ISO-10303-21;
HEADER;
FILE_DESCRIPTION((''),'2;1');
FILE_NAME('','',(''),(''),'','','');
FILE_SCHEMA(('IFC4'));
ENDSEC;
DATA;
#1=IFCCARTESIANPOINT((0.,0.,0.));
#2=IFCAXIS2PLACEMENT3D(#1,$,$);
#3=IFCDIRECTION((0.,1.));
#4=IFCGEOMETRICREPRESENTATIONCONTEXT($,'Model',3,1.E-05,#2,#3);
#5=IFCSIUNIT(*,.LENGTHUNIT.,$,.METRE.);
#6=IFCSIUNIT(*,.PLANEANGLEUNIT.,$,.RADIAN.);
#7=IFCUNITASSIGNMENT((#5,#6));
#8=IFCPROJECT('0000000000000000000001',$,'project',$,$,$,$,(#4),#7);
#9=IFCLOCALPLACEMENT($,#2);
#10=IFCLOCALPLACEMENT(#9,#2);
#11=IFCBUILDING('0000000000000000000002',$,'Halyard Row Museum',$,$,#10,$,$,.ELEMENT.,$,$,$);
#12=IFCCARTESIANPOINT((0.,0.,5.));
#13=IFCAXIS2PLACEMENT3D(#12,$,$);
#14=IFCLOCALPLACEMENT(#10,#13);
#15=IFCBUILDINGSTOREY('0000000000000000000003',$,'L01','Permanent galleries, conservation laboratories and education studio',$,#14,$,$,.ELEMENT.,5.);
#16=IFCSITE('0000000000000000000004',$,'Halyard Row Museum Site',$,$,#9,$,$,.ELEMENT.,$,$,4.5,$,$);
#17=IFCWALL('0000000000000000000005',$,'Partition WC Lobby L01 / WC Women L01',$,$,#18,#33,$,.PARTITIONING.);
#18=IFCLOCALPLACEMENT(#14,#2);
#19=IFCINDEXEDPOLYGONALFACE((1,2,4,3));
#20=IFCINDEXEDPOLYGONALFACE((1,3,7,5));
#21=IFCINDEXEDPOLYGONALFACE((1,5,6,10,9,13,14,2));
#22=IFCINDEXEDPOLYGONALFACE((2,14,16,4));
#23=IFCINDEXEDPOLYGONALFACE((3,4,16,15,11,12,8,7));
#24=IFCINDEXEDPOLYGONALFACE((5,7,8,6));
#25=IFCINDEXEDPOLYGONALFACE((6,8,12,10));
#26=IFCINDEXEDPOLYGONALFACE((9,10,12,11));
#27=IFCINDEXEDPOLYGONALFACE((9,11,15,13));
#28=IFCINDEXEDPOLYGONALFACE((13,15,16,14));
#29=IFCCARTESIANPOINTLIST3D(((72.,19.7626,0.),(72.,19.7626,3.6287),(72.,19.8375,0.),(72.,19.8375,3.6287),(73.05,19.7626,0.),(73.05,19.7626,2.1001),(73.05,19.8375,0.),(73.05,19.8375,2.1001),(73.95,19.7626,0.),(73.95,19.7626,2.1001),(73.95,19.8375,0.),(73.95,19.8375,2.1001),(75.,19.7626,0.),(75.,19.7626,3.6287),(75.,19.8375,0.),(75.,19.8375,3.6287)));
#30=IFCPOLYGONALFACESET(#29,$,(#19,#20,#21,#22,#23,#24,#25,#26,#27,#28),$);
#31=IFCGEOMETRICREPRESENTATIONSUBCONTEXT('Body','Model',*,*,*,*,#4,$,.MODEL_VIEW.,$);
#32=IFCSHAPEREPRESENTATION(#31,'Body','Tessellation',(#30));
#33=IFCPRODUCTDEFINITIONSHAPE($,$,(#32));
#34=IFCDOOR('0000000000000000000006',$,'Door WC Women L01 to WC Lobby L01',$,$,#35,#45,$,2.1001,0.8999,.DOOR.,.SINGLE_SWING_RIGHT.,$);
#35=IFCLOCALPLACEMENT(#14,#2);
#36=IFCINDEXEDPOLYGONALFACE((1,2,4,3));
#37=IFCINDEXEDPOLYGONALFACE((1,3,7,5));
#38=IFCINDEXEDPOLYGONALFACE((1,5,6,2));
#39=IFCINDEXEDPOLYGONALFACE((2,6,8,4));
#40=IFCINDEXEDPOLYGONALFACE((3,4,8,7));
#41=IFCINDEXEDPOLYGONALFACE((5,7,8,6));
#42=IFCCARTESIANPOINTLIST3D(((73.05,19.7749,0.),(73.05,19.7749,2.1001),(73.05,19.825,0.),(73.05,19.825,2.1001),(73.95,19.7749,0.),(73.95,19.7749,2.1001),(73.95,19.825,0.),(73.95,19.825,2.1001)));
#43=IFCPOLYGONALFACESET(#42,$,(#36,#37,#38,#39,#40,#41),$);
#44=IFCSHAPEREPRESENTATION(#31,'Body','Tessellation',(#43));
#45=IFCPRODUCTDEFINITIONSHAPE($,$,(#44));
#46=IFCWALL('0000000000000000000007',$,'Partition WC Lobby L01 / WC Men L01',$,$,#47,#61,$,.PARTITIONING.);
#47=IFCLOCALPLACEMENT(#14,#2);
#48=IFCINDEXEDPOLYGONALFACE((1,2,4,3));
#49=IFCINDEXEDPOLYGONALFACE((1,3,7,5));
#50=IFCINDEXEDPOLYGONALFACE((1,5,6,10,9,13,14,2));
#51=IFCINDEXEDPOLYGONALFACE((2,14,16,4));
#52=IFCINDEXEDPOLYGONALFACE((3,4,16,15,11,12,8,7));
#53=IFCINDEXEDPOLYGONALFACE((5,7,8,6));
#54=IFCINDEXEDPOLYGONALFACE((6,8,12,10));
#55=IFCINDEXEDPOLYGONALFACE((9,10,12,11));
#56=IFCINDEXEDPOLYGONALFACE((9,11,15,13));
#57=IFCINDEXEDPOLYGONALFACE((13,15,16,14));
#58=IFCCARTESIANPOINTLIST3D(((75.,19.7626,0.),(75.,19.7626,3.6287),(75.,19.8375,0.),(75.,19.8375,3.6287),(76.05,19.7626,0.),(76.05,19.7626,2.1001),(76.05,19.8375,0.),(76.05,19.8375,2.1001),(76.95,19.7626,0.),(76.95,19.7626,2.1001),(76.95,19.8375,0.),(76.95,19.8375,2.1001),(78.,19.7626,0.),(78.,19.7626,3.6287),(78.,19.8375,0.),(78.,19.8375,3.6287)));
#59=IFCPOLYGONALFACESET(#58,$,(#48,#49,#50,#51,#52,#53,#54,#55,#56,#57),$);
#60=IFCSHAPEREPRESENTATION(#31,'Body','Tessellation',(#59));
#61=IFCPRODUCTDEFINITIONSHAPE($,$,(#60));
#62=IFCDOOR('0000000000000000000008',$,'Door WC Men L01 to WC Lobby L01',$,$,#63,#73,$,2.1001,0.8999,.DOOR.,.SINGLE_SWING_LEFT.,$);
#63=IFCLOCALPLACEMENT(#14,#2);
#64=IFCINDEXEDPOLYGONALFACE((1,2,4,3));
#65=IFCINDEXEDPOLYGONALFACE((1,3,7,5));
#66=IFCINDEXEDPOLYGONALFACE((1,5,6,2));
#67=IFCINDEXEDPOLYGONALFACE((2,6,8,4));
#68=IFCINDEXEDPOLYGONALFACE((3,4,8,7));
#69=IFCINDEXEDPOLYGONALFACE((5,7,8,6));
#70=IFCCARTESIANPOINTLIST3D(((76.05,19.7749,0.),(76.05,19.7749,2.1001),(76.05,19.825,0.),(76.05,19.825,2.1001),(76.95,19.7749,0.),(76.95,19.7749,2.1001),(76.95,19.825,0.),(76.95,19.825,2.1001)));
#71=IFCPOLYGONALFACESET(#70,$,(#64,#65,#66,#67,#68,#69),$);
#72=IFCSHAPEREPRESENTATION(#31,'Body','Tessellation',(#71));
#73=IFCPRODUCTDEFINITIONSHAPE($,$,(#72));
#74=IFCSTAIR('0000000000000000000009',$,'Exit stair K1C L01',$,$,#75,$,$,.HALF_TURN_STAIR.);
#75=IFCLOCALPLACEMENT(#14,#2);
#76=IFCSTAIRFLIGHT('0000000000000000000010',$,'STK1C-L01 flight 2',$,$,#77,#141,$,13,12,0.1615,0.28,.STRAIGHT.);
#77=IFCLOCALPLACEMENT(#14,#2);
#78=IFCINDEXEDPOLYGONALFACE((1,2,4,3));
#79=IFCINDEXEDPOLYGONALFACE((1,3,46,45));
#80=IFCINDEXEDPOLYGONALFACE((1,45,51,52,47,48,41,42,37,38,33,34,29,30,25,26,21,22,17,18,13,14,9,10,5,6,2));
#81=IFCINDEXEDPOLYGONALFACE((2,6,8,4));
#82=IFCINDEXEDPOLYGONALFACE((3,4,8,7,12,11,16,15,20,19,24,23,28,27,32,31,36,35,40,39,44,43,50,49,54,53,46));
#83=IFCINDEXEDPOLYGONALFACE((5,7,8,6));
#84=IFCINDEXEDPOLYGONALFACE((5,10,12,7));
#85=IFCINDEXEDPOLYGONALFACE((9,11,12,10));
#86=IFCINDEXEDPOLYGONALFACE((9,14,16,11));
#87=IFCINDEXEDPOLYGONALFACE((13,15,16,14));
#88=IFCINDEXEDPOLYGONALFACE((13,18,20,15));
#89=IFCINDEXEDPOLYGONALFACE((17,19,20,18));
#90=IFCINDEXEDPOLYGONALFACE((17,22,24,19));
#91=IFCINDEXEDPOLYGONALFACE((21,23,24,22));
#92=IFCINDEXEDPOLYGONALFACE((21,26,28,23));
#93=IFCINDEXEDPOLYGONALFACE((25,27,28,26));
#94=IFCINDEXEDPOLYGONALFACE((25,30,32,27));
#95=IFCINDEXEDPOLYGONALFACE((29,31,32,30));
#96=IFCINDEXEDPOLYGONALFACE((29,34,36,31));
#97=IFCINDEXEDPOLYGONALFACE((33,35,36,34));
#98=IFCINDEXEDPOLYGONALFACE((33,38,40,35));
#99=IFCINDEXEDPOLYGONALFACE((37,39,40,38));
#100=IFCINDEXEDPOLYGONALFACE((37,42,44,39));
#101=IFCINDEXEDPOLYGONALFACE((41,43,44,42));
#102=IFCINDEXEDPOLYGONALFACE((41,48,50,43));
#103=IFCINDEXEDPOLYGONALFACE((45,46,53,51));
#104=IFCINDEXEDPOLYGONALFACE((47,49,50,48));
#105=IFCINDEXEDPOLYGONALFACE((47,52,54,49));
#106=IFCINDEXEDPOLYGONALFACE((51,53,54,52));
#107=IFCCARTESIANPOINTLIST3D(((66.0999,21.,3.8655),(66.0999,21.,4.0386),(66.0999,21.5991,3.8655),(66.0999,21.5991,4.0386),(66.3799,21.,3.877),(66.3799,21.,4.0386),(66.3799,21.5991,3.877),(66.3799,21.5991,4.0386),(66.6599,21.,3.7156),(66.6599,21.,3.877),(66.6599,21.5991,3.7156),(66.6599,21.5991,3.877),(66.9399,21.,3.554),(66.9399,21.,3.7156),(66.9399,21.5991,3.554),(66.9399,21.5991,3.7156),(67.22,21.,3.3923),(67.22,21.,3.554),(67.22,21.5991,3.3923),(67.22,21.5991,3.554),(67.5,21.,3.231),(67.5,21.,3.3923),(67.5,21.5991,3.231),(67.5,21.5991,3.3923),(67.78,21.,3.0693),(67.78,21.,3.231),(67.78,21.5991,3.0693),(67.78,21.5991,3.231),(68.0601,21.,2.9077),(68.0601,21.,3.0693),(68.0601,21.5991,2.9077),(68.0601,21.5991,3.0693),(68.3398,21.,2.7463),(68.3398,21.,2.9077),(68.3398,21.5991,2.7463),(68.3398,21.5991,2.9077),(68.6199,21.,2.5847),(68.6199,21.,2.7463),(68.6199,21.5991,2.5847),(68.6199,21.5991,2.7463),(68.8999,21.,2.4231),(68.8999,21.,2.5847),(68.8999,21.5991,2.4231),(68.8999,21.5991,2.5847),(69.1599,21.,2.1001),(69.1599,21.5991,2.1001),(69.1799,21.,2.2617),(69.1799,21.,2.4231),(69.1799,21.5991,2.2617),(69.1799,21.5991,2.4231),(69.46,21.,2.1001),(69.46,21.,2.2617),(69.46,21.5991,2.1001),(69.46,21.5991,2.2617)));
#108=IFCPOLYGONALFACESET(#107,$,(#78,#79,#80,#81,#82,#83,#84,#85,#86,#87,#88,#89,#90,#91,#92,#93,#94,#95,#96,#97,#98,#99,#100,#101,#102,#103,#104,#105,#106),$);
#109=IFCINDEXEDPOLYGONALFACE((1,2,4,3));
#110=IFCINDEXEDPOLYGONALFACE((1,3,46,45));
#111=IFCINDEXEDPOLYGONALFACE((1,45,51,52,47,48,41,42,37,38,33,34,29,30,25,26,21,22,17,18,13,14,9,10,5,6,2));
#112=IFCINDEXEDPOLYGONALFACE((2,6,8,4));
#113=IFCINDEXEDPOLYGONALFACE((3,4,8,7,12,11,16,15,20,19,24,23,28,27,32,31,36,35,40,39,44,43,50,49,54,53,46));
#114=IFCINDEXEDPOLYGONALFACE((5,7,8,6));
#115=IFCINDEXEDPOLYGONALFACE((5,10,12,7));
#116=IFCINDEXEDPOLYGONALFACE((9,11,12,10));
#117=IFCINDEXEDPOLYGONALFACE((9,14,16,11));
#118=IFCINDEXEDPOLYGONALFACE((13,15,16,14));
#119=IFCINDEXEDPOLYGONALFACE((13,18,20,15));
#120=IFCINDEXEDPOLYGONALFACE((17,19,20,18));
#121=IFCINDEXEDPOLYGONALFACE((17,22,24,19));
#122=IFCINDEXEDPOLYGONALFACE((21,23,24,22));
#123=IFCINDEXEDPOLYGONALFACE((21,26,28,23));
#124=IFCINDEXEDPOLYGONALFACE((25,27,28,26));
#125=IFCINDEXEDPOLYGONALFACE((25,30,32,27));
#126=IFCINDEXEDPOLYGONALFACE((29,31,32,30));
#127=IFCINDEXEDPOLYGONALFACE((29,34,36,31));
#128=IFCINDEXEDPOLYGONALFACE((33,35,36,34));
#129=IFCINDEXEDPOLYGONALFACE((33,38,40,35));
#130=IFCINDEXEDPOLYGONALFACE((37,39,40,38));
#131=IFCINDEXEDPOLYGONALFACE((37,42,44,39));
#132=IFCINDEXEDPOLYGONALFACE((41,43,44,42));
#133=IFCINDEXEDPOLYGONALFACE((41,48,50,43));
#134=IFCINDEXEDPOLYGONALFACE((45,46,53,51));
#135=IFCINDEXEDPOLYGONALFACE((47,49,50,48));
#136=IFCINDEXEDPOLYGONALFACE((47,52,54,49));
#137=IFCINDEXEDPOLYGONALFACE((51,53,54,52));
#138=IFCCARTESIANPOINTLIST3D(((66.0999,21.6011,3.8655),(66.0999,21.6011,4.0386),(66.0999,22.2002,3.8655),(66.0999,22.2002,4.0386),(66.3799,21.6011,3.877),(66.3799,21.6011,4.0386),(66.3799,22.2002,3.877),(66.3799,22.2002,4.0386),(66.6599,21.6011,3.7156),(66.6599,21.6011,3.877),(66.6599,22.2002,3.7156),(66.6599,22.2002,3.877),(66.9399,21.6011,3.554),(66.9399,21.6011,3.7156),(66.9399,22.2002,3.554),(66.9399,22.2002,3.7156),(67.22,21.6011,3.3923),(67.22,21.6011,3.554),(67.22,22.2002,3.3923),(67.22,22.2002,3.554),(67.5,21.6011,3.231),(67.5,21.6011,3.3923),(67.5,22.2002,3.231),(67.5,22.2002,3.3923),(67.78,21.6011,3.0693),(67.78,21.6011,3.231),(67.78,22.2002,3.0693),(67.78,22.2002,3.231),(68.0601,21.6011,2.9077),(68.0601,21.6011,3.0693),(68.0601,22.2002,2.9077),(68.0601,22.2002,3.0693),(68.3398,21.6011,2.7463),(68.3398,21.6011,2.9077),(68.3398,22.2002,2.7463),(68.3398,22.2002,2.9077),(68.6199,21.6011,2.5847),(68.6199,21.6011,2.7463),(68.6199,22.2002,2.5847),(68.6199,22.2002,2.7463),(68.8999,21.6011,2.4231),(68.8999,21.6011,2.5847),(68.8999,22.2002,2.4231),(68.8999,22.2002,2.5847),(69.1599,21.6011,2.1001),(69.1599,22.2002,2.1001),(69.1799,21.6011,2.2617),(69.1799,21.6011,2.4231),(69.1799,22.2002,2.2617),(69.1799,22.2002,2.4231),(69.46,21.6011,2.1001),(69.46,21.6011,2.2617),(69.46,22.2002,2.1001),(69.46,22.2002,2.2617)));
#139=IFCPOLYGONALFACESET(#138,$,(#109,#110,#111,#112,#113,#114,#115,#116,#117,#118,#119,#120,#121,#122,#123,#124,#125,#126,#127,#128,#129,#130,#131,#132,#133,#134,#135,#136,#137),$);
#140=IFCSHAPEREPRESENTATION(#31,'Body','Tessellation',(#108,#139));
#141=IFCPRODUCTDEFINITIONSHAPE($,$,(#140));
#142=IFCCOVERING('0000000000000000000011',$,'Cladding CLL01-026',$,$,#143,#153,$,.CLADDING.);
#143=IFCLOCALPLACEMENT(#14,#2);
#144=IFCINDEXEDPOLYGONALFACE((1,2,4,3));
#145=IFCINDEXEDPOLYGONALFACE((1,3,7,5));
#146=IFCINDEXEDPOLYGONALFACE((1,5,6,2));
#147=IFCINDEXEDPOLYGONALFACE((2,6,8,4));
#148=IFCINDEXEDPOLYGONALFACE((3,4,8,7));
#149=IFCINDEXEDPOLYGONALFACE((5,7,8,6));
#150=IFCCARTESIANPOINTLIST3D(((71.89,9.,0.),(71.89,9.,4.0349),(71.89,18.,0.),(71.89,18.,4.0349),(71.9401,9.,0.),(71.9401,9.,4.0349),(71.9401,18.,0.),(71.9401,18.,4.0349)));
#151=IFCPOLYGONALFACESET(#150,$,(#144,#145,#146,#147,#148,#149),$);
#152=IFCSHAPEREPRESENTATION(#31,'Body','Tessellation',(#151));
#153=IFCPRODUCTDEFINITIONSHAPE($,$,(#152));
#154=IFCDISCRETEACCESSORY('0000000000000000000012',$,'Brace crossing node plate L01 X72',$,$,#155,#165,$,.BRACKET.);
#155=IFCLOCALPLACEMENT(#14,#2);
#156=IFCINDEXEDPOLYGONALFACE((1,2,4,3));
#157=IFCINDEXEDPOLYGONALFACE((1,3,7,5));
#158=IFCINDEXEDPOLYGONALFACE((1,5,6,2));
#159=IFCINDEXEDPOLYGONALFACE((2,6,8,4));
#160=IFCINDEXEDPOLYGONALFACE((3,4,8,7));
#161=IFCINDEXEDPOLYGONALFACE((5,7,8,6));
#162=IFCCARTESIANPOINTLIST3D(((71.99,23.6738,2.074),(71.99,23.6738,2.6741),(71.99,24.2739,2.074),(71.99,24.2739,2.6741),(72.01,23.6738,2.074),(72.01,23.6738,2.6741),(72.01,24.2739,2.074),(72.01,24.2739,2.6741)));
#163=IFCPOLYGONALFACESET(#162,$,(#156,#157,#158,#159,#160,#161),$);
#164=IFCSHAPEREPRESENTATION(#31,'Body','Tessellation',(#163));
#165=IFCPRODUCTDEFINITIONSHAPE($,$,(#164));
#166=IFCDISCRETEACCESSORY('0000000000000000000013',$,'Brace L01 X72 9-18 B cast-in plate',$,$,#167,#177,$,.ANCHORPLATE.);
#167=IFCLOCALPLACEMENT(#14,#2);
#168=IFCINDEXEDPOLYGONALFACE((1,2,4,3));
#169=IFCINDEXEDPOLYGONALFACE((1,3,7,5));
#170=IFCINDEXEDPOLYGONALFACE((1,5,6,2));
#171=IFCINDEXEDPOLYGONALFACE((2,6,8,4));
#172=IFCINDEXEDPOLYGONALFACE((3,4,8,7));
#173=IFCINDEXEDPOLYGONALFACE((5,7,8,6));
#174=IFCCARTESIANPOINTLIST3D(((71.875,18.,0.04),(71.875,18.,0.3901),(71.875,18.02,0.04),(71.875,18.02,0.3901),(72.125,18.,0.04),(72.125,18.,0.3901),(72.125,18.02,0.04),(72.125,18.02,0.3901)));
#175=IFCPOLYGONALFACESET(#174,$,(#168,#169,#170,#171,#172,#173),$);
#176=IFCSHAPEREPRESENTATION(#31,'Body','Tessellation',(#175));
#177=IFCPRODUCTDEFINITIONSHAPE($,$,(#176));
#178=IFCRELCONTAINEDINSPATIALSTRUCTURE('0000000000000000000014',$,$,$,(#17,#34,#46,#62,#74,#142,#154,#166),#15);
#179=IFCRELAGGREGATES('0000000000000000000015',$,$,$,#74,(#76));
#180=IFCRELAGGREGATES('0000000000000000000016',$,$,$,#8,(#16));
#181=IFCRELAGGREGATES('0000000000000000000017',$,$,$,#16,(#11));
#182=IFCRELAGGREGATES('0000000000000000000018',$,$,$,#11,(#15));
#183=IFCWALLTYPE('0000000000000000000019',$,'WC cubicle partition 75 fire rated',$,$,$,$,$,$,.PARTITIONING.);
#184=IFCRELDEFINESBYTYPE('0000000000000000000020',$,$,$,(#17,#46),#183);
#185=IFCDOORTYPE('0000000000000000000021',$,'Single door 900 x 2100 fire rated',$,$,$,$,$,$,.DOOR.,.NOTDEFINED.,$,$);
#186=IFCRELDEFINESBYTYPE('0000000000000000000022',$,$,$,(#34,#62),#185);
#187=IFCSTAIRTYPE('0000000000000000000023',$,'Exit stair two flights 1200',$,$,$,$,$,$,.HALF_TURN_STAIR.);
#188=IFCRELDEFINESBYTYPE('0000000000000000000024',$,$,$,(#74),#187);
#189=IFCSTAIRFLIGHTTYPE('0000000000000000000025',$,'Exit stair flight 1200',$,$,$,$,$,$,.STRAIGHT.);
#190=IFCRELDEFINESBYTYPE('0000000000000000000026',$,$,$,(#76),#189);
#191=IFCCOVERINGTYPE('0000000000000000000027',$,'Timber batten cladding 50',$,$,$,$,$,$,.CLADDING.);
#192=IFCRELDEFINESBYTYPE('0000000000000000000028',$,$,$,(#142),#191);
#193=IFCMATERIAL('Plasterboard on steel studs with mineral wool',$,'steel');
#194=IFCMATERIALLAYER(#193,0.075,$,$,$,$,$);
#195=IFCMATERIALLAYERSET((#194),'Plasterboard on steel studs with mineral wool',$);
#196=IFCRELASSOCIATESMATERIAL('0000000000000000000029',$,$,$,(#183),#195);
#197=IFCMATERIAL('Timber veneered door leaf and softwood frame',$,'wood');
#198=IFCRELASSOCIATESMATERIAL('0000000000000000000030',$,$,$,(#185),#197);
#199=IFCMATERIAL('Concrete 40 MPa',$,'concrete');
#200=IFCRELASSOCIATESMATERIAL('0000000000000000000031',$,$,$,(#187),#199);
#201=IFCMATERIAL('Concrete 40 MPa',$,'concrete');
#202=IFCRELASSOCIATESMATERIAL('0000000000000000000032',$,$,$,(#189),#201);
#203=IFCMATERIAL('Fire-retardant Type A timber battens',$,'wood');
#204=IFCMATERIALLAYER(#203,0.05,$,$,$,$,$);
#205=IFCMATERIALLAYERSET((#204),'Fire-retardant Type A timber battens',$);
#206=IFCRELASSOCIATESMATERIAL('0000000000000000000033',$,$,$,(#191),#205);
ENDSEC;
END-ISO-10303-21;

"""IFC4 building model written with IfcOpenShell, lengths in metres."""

from ifc_helpers import new_model, si_unit, direction, frame, frame_2d, origin, origin_2d, place, context, subcontext, project, spatial, polyline, rectangle, outline, extrude, material, layer, layer_set, type_object, element, fill, aggregate, save


model = new_model("IFC4")

# Units and contexts
model_context = context("Model", 3, precision=1e-05, world=origin(), true_north=direction((0.0, 1.0)))
body_context = subcontext(model_context, "Body", "Model", "MODEL_VIEW")
ifc_project = project(units=[si_unit("LENGTHUNIT", "METRE"), si_unit("PLANEANGLEUNIT", "RADIAN")], contexts=[model_context])

# Site, building, storey
site_placement = place(None, origin())
site = spatial("IfcSite", under=ifc_project, at=site_placement, Name="Halyard Row Museum Site", CompositionType="ELEMENT", RefElevation=4.5)
building_placement = place(site_placement, origin())
building = spatial("IfcBuilding", under=site, at=building_placement, Name="Halyard Row Museum", CompositionType="ELEMENT")
storey_placement = place(building_placement, frame((0.0, 0.0, 5.0)))
storey = spatial("IfcBuildingStorey", under=building, at=storey_placement, Name="L01", Description="Permanent galleries, conservation laboratories and education studio", CompositionType="ELEMENT", Elevation=5.0)

# Walls, openings, doors
ifc_material_1 = material(Name="Plasterboard on steel studs with mineral wool", Category="steel")
ifc_layer_1 = layer(ifc_material_1, 0.075)
ifc_layer_set_1 = layer_set([ifc_layer_1], Name="Plasterboard on steel studs with mineral wool")
wall_type_1 = type_object("IfcWallType", Name="WC cubicle partition 75 fire rated", PredefinedType="PARTITIONING", material=ifc_layer_set_1)
wall_1_placement = place(storey_placement, frame((72.0, 19.8, 0.0), z_axis=(0.0, 0.0, 1.0), x_axis=(1.0, 0.0, 0.0)))
wall_1 = element("IfcWall", 1, at=wall_1_placement, inside=storey, type_object=wall_type_1, Name="Partition WC Lobby L01 / WC Women L01", PredefinedType="PARTITIONING", context=body_context, shape_type="SweptSolid", body=[
    extrude(rectangle(XDim=3.0, YDim=0.075, at=frame_2d((1.5, 0.0))), origin(), (0.0, 0.0, 1.0), 3.6287),
])
opening_1_placement = place(wall_1_placement, frame((1.05, 0.0, 0.0)))
opening_1 = element("IfcOpeningElement", 2, at=opening_1_placement, cuts=wall_1, PredefinedType="OPENING", context=body_context, shape_type="SweptSolid", body=[
    extrude(rectangle(XDim=0.8999, YDim=2.1001, at=frame_2d((0.45, 1.05))), frame((0.0, 0.0474, 0.0), z_axis=(0.0, -1.0, 0.0), x_axis=(1.0, 0.0, 0.0)), (0.0, 0.0, 1.0), 0.095),
])
ifc_material_2 = material(Name="Timber veneered door leaf and softwood frame", Category="wood")
door_type_1 = type_object("IfcDoorType", Name="Single door 900 x 2100 fire rated", OperationType="NOTDEFINED", PredefinedType="DOOR", material=ifc_material_2)
door_1_placement = place(opening_1_placement, origin())
door_1 = element("IfcDoor", 3, at=door_1_placement, inside=storey, type_object=door_type_1, Name="Door WC Women L01 to WC Lobby L01", OperationType="SINGLE_SWING_RIGHT", OverallHeight=2.1001, OverallWidth=0.8999, PredefinedType="DOOR", context=body_context, shape_type="SweptSolid", body=[
    extrude(rectangle(XDim=0.8999, YDim=2.1001, at=frame_2d((0.45, 1.05))), frame((0.0, 0.0249, 0.0), z_axis=(0.0, -1.0, 0.0), x_axis=(1.0, 0.0, 0.0)), (0.0, 0.0, 1.0), 0.05),
])
fill(opening_1, door_1)
wall_2_placement = place(storey_placement, frame((75.0, 19.8, 0.0), z_axis=(0.0, 0.0, 1.0), x_axis=(1.0, 0.0, 0.0)))
wall_2 = element("IfcWall", 4, at=wall_2_placement, inside=storey, type_object=wall_type_1, Name="Partition WC Lobby L01 / WC Men L01", PredefinedType="PARTITIONING", context=body_context, shape_type="SweptSolid", body=[
    extrude(rectangle(XDim=3.0, YDim=0.075, at=frame_2d((1.5, 0.0))), origin(), (0.0, 0.0, 1.0), 3.6287),
])
opening_2_placement = place(wall_2_placement, frame((1.05, 0.0, 0.0)))
opening_2 = element("IfcOpeningElement", 5, at=opening_2_placement, cuts=wall_2, PredefinedType="OPENING", context=body_context, shape_type="SweptSolid", body=[
    extrude(rectangle(XDim=0.8999, YDim=2.1001, at=frame_2d((0.45, 1.05))), frame((0.0, 0.0474, 0.0), z_axis=(0.0, -1.0, 0.0), x_axis=(1.0, 0.0, 0.0)), (0.0, 0.0, 1.0), 0.095),
])
door_2_placement = place(opening_2_placement, origin())
door_2 = element("IfcDoor", 6, at=door_2_placement, inside=storey, type_object=door_type_1, Name="Door WC Men L01 to WC Lobby L01", OperationType="SINGLE_SWING_LEFT", OverallHeight=2.1001, OverallWidth=0.8999, PredefinedType="DOOR", context=body_context, shape_type="SweptSolid", body=[
    extrude(rectangle(XDim=0.8999, YDim=2.1001, at=frame_2d((0.45, 1.05))), frame((0.0, 0.0249, 0.0), z_axis=(0.0, -1.0, 0.0), x_axis=(1.0, 0.0, 0.0)), (0.0, 0.0, 1.0), 0.05),
])
fill(opening_2, door_2)

# Stair, stair flight
ifc_material_3 = material(Name="Concrete 40 MPa", Category="concrete")
stair_type = type_object("IfcStairType", Name="Exit stair two flights 1200", PredefinedType="HALF_TURN_STAIR", material=ifc_material_3)
stair_placement = place(storey_placement, origin())
stair = element("IfcStair", 7, at=stair_placement, inside=storey, type_object=stair_type, Name="Exit stair K1C L01", PredefinedType="HALF_TURN_STAIR")
ifc_material_4 = material(Name="Concrete 40 MPa", Category="concrete")
stair_flight_type = type_object("IfcStairFlightType", Name="Exit stair flight 1200", PredefinedType="STRAIGHT", material=ifc_material_4)
stair_flight_placement = place(storey_placement, frame((69.46, 21.6001, 2.1001), z_axis=(0.0, 0.0, 1.0), x_axis=(-1.0, 0.0, 0.0)))
stair_flight = element("IfcStairFlight", 8, at=stair_flight_placement, type_object=stair_flight_type, Name="STK1C-L01 flight 2", NumberOfRisers=13, NumberOfTreads=12, PredefinedType="STRAIGHT", RiserHeight=0.1615, TreadLength=0.28, context=body_context, shape_type="SweptSolid", body=[
    extrude(outline(polyline([(0.0, 0.0), (0.0, 0.1616), (0.28, 0.1616), (0.28, 0.323), (0.5601, 0.323), (0.5601, 0.4846), (0.8401, 0.4846), (0.8401, 0.6462), (1.1201, 0.6462), (1.1201, 0.8076), (1.3999, 0.8076), (1.3999, 0.9692), (1.6799, 0.9692), (1.6799, 1.1309), (1.96, 1.1309), (1.96, 1.2922), (2.24, 1.2922), (2.24, 1.4539), (2.52, 1.4539), (2.52, 1.6155), (2.8, 1.6155), (2.8, 1.7769), (3.0801, 1.7769), (3.0801, 1.9385), (3.3601, 1.9385), (3.3601, 2.1001), (3.3601, 1.7654), (0.3, 0.0), (0.0, 0.0)])), frame((0.0, 0.6001, 0.0), z_axis=(0.0, -1.0, 0.0), x_axis=(1.0, 0.0, 0.0)), (0.0, 0.0, 1.0), 0.5991),
    extrude(outline(polyline([(0.0, 0.0), (0.0, 0.1616), (0.28, 0.1616), (0.28, 0.323), (0.5601, 0.323), (0.5601, 0.4846), (0.8401, 0.4846), (0.8401, 0.6462), (1.1201, 0.6462), (1.1201, 0.8076), (1.3999, 0.8076), (1.3999, 0.9692), (1.6799, 0.9692), (1.6799, 1.1309), (1.96, 1.1309), (1.96, 1.2922), (2.24, 1.2922), (2.24, 1.4539), (2.52, 1.4539), (2.52, 1.6155), (2.8, 1.6155), (2.8, 1.7769), (3.0801, 1.7769), (3.0801, 1.9385), (3.3601, 1.9385), (3.3601, 2.1001), (3.3601, 1.7654), (0.3, 0.0), (0.0, 0.0)])), frame((0.0, -0.001, 0.0), z_axis=(0.0, -1.0, 0.0), x_axis=(1.0, 0.0, 0.0)), (0.0, 0.0, 1.0), 0.5991),
])
aggregate(stair, [stair_flight])

# Covering
ifc_material_5 = material(Name="Fire-retardant Type A timber battens", Category="wood")
ifc_layer_2 = layer(ifc_material_5, 0.05)
ifc_layer_set_2 = layer_set([ifc_layer_2], Name="Fire-retardant Type A timber battens")
covering_type = type_object("IfcCoveringType", Name="Timber batten cladding 50", PredefinedType="CLADDING", material=ifc_layer_set_2)
covering_placement = place(storey_placement, frame((71.915, 18.0, 0.0), z_axis=(0.0, 0.0, 1.0), x_axis=(0.0, -1.0, 0.0)))
element("IfcCovering", 9, at=covering_placement, inside=storey, type_object=covering_type, Name="Cladding CLL01-026", PredefinedType="CLADDING", context=body_context, shape_type="SweptSolid", body=[
    extrude(rectangle(XDim=9.0, YDim=0.05, at=frame_2d((4.5, 0.0))), origin(), (0.0, 0.0, 1.0), 4.0349),
])

# Discrete accessories
discrete_accessory_placement = place(storey_placement, frame((72.0, 23.9739, 2.074), z_axis=(0.0, 0.0, 1.0), x_axis=(1.0, 0.0, 0.0)))
element("IfcDiscreteAccessory", 10, at=discrete_accessory_placement, inside=storey, Name="Brace crossing node plate L01 X72", PredefinedType="BRACKET", context=body_context, shape_type="SweptSolid", body=[
    extrude(rectangle(XDim=0.02, YDim=0.6001, at=origin_2d()), origin(), (0.0, 0.0, 1.0), 0.6001),
])
for number, where, z_axis, x_axis, name in (
    (11, (72.0, 18.0, 0.2151), (0.0, 1.0, 0.0), (-1.0, 0.0, 0.0), "Brace L01 X72 9-18 B cast-in plate"),
):
    element("IfcDiscreteAccessory", number, at=place(storey_placement, frame(where, z_axis=z_axis, x_axis=x_axis)), inside=storey, Name=name, PredefinedType="ANCHORPLATE", context=body_context, shape_type="SweptSolid", body=[
        extrude(rectangle(XDim=0.25, YDim=0.3501, at=origin_2d()), origin(), (0.0, 0.0, 1.0), 0.02),
    ])

save(model, "model.ifc")
